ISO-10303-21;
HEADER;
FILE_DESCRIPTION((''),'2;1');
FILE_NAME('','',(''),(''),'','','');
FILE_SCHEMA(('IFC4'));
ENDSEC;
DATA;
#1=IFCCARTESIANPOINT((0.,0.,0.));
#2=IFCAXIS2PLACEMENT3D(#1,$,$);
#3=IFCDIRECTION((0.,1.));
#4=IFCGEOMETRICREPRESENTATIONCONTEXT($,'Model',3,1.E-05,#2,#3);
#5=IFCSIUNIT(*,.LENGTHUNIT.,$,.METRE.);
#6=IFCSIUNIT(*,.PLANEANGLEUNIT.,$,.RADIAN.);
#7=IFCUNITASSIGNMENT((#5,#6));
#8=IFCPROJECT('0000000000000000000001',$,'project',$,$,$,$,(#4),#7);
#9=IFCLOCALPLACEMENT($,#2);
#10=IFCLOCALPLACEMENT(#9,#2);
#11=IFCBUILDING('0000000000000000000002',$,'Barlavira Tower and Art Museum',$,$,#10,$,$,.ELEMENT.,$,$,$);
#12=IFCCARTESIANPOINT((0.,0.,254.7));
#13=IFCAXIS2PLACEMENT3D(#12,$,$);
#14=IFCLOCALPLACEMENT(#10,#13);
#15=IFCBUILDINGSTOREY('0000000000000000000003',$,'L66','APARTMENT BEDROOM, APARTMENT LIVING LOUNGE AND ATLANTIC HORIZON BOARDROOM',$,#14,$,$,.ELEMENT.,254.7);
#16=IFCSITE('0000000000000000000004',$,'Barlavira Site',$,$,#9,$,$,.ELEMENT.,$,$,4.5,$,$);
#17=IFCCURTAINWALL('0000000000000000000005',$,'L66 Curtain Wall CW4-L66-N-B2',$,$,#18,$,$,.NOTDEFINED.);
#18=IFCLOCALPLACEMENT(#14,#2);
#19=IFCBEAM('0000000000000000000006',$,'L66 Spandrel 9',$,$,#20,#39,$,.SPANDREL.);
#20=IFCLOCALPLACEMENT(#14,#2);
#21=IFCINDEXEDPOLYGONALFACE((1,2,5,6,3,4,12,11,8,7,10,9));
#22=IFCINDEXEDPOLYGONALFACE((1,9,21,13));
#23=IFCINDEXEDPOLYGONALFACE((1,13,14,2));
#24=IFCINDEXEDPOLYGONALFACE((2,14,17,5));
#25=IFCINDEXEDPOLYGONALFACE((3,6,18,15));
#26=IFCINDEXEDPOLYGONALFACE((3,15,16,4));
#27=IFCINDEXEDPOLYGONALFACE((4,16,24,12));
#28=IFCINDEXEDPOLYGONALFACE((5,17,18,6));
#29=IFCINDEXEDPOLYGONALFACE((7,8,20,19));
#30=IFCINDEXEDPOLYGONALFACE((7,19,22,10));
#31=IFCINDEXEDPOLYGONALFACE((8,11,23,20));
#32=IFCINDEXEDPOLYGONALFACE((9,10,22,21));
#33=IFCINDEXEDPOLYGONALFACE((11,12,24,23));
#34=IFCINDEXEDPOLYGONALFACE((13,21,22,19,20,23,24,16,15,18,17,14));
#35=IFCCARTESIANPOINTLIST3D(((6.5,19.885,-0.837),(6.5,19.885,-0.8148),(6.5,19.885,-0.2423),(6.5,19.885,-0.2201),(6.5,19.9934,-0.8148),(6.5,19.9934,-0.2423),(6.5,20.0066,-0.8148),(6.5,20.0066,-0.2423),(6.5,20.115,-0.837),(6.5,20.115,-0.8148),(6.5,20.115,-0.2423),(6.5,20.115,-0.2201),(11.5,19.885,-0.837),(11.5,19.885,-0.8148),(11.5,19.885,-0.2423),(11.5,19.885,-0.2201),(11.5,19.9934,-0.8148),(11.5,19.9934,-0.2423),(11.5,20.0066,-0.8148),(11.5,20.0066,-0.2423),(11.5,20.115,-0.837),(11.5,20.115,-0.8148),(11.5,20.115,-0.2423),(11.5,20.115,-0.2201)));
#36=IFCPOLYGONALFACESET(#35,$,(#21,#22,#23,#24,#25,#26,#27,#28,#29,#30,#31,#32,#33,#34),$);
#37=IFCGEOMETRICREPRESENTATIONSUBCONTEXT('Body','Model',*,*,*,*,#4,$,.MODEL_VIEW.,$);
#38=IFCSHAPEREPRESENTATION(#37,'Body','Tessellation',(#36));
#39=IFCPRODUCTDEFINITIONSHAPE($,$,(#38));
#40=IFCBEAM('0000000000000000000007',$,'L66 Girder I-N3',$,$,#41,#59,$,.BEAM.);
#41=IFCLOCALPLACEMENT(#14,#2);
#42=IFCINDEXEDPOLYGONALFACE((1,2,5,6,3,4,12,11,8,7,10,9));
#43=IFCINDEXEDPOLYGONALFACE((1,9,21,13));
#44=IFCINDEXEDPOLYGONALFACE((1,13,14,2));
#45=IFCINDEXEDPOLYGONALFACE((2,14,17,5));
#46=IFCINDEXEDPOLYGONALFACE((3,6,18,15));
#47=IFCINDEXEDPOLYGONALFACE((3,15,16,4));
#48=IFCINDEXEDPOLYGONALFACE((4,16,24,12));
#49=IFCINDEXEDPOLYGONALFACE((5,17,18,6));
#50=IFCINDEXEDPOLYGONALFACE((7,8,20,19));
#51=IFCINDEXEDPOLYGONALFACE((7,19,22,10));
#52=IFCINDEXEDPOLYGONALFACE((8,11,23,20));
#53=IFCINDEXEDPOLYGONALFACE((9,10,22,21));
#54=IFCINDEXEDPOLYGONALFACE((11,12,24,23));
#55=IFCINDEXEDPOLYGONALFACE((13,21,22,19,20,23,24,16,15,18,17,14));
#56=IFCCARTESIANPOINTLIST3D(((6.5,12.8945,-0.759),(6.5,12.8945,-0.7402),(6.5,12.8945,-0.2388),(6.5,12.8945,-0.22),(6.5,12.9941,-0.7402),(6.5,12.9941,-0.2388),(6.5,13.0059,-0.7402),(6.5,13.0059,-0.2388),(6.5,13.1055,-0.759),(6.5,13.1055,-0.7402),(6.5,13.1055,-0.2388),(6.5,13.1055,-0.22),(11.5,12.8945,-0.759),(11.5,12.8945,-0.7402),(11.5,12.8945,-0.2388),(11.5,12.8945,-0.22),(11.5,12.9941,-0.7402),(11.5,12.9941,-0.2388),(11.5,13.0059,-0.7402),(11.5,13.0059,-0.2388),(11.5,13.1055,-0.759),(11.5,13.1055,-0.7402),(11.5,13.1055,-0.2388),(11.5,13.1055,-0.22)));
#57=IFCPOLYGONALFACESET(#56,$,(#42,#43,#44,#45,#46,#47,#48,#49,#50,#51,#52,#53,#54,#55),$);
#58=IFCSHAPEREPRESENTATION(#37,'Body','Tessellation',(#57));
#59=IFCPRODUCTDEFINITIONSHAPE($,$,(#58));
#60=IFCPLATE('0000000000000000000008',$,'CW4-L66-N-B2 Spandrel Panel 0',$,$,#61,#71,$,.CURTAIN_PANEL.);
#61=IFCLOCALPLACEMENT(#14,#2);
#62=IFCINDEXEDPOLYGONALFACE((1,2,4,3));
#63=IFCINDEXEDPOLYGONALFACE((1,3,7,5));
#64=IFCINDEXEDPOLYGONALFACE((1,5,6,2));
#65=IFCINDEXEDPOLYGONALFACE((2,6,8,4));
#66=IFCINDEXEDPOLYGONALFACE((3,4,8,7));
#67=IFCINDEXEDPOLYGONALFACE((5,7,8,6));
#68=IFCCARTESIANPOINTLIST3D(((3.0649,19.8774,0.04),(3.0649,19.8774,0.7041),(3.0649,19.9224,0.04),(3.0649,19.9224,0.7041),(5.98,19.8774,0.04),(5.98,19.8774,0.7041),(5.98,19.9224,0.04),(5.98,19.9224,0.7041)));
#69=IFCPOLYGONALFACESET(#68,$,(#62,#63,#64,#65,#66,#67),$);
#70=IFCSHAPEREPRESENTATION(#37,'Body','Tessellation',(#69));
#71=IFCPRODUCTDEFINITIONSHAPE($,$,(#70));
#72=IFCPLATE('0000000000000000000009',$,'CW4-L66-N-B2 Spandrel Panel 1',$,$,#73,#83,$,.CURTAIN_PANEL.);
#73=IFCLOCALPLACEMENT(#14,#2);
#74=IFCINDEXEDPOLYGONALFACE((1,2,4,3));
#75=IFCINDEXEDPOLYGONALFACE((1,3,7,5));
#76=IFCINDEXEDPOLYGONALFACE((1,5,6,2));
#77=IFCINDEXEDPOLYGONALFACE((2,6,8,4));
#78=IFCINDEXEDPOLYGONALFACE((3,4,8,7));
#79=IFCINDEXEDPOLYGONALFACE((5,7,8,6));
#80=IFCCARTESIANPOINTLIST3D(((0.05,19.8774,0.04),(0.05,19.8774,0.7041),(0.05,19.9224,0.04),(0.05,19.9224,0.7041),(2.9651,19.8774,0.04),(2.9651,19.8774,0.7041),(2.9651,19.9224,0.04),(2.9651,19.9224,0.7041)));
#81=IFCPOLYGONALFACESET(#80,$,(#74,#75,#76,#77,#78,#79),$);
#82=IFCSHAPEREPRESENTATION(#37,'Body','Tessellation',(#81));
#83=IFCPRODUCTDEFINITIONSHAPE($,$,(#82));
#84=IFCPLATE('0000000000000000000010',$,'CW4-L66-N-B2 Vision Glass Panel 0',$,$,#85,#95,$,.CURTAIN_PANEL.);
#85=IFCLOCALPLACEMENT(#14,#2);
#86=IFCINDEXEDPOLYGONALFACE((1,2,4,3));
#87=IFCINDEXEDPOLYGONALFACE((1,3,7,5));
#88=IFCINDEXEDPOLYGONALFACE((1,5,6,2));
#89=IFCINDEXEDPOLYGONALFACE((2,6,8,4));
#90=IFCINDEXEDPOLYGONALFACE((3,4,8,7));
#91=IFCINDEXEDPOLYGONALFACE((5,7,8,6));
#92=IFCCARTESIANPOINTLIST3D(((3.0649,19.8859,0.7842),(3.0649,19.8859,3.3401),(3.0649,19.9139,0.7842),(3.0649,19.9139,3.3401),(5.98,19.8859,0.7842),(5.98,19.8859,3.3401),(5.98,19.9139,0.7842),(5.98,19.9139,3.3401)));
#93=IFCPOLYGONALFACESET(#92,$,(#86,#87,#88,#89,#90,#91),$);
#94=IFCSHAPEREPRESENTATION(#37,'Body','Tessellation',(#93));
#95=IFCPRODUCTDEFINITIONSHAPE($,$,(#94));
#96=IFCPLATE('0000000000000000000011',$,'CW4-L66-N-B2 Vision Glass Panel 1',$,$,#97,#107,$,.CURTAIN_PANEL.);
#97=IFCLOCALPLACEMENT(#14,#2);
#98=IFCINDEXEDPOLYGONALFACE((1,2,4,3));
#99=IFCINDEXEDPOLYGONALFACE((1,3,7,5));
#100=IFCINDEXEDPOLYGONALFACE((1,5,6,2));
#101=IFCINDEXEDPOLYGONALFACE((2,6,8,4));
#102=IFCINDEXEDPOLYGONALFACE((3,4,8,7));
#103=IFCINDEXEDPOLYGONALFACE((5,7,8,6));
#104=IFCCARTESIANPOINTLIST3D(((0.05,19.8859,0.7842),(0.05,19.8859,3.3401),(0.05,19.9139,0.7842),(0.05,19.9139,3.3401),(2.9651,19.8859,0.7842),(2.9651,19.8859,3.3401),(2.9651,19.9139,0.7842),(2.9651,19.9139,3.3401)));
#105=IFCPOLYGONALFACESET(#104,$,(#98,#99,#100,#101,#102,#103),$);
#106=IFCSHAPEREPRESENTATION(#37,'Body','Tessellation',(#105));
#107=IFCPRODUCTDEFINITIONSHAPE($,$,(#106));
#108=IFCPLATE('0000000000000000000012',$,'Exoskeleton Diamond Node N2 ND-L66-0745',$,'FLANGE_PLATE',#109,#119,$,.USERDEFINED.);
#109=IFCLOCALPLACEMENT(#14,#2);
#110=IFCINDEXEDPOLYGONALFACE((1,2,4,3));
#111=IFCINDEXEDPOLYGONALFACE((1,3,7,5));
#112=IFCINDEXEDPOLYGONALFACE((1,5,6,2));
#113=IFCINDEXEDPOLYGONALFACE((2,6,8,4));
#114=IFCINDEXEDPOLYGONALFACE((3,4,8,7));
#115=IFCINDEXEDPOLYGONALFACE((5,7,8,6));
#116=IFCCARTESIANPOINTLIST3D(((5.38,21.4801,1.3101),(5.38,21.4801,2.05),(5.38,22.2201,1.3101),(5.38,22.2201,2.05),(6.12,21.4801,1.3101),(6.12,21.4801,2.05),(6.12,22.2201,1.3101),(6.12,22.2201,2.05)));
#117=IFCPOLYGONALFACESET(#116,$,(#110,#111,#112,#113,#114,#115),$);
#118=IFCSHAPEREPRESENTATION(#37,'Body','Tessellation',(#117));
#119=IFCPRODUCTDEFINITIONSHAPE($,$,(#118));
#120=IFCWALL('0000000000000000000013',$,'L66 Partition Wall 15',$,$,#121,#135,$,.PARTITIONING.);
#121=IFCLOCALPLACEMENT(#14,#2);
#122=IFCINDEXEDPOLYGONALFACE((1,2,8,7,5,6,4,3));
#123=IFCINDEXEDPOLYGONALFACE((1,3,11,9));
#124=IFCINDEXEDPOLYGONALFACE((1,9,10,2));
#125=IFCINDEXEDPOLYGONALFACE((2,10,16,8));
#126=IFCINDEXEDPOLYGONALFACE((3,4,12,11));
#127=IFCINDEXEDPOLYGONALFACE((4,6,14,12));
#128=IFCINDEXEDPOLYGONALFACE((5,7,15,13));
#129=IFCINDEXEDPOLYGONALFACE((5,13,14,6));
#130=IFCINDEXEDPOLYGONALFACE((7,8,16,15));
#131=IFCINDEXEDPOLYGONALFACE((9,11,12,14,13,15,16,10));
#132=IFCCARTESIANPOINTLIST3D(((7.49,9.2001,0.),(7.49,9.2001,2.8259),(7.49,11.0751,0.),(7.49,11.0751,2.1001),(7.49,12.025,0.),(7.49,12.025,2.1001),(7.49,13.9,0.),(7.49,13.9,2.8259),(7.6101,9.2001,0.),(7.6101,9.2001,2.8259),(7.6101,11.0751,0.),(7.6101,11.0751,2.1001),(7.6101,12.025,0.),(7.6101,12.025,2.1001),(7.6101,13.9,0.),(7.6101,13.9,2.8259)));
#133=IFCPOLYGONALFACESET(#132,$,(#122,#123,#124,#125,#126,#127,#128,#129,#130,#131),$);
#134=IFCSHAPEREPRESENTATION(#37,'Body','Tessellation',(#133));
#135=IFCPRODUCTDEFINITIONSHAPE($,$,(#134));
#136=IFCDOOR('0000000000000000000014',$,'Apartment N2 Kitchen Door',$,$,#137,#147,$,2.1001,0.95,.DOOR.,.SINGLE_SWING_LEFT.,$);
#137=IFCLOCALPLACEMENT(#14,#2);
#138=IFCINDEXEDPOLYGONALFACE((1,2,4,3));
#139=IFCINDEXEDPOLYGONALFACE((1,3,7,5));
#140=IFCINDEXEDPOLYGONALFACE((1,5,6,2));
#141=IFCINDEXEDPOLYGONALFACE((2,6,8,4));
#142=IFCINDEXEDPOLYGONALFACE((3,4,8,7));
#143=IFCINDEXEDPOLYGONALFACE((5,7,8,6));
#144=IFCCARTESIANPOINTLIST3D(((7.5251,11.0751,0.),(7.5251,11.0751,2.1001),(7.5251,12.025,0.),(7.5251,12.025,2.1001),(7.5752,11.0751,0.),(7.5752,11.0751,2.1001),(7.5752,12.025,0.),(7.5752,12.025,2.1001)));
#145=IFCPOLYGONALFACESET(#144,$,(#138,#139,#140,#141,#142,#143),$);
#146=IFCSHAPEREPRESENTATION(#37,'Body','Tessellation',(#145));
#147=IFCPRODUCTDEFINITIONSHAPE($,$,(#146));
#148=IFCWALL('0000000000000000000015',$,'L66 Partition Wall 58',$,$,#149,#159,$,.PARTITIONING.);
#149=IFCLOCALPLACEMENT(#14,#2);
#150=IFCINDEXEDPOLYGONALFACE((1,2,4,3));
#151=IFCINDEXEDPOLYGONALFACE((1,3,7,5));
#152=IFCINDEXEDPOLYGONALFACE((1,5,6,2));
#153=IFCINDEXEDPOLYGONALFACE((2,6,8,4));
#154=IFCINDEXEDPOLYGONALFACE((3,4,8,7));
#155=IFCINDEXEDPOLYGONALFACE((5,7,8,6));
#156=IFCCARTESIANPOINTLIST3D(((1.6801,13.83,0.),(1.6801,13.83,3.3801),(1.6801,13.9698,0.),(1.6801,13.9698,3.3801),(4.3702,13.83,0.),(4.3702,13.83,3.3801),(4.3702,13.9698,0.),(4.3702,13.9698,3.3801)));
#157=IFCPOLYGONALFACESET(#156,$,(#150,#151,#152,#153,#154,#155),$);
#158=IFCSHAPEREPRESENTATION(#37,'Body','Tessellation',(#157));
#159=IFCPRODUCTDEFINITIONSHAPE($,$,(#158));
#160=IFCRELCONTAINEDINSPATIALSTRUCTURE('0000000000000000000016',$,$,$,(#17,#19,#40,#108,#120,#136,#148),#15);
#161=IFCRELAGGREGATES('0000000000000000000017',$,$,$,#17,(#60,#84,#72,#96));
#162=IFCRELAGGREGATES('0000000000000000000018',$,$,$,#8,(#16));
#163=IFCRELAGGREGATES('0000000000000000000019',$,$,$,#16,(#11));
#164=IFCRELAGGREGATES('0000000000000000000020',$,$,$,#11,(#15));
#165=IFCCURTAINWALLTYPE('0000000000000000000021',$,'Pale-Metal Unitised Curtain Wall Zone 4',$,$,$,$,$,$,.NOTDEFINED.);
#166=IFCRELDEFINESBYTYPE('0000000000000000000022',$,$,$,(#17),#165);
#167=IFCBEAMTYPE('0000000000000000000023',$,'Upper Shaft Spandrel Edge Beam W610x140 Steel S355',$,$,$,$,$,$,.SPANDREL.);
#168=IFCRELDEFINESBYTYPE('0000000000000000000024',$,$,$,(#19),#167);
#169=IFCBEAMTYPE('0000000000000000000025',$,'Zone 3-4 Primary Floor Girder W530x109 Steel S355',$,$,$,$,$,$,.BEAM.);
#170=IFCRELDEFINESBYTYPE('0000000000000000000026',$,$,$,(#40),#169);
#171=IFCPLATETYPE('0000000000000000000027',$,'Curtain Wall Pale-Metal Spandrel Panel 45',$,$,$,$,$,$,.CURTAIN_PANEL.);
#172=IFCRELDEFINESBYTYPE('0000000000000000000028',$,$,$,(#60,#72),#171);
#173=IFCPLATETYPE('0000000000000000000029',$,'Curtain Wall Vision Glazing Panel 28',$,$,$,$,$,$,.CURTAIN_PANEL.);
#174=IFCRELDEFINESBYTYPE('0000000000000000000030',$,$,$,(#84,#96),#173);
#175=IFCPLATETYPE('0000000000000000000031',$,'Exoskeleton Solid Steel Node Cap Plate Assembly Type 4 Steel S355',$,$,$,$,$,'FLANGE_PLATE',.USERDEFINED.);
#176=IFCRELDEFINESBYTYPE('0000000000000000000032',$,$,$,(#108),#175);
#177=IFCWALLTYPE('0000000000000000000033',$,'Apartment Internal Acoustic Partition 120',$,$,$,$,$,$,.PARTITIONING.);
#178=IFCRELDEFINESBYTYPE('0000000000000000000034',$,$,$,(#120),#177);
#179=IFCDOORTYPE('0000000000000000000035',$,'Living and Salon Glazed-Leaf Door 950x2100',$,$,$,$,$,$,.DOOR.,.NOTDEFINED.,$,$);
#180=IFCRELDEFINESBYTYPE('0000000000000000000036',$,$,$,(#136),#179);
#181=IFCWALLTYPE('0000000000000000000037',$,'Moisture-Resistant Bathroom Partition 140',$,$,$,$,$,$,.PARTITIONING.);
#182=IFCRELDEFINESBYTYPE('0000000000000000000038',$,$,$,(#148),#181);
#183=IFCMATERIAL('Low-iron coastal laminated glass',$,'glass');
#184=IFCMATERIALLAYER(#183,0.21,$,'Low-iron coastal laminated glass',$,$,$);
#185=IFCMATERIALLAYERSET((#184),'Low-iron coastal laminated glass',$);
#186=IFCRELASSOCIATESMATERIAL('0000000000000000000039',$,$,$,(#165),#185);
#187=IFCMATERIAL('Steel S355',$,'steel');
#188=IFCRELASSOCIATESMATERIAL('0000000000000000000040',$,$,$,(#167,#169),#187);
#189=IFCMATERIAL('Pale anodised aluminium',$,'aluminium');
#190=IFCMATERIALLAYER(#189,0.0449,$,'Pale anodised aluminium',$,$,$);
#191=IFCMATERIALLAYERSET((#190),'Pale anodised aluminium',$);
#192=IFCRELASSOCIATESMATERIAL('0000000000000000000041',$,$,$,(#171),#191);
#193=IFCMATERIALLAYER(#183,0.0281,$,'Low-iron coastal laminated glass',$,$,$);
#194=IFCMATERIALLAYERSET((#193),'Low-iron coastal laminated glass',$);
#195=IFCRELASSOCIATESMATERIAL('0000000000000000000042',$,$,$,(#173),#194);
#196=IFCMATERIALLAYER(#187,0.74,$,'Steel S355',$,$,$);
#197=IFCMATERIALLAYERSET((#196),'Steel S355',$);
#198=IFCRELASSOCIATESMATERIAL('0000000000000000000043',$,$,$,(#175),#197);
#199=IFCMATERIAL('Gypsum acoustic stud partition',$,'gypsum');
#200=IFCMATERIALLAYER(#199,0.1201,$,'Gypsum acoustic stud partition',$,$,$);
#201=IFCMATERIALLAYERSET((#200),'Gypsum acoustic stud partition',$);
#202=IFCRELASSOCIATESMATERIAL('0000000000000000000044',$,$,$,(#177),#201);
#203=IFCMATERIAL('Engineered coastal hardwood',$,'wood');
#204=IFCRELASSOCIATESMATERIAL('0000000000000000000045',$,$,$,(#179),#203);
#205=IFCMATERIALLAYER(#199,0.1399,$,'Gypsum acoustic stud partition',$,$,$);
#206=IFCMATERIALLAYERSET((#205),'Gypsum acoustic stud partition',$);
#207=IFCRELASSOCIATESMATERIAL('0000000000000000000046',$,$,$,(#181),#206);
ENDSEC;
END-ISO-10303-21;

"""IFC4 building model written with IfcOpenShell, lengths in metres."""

from ifc_helpers import new_model, si_unit, direction, frame, frame_2d, origin, origin_2d, place, context, subcontext, project, spatial, rectangle, i_section, extrude, material, layer, layer_set, material_profile, profile_set, type_object, element, fill, aggregate, save


model = new_model("IFC4")

# Units and contexts
model_context = context("Model", 3, precision=1e-05, world=origin(), true_north=direction((0.0, 1.0)))
body_context = subcontext(model_context, "Body", "Model", "MODEL_VIEW")
ifc_project = project(units=[si_unit("LENGTHUNIT", "METRE"), si_unit("PLANEANGLEUNIT", "RADIAN")], contexts=[model_context])

# Site, building, storey
site_placement = place(None, origin())
site = spatial("IfcSite", under=ifc_project, at=site_placement, Name="Barlavira Site", CompositionType="ELEMENT", RefElevation=4.5)
building_placement = place(site_placement, origin())
building = spatial("IfcBuilding", under=site, at=building_placement, Name="Barlavira Tower and Art Museum", CompositionType="ELEMENT")
storey_placement = place(building_placement, frame((0.0, 0.0, 254.7)))
storey = spatial("IfcBuildingStorey", under=building, at=storey_placement, Name="L66", Description="APARTMENT BEDROOM, APARTMENT LIVING LOUNGE AND ATLANTIC HORIZON BOARDROOM", CompositionType="ELEMENT", Elevation=254.7)

# Curtain wall
ifc_material_1 = material(Name="Low-iron coastal laminated glass", Category="glass")
ifc_layer_1 = layer(ifc_material_1, 0.21, Name="Low-iron coastal laminated glass")
ifc_layer_set_1 = layer_set([ifc_layer_1], Name="Low-iron coastal laminated glass")
curtain_wall_type = type_object("IfcCurtainWallType", Name="Pale-Metal Unitised Curtain Wall Zone 4", PredefinedType="NOTDEFINED", material=ifc_layer_set_1)
curtain_wall_placement = place(storey_placement, origin())
curtain_wall = element("IfcCurtainWall", 1, at=curtain_wall_placement, inside=storey, type_object=curtain_wall_type, Name="L66 Curtain Wall CW4-L66-N-B2", PredefinedType="NOTDEFINED")
ifc_material_2 = material(Name="Pale anodised aluminium", Category="aluminium")

# Beams
ifc_material_3 = material(Name="Steel S355", Category="steel")
ifc_material_profile_1 = material_profile(ifc_material_3, i_section(OverallWidth=0.23, OverallDepth=0.6169, WebThickness=0.0132, FlangeThickness=0.0222, at=origin_2d()), Name="W610x140.0")
ifc_profile_set_1 = profile_set([ifc_material_profile_1], Name="Steel S355")
beam_type_1 = type_object("IfcBeamType", Name="Upper Shaft Spandrel Edge Beam W610x140 Steel S355", PredefinedType="SPANDREL", material=ifc_profile_set_1)
beam_1_placement = place(storey_placement, frame((6.5, 20.0, -0.5286), z_axis=(1.0, 0.0, 0.0), x_axis=(0.0, 1.0, 0.0)))
element("IfcBeam", 2, at=beam_1_placement, inside=storey, type_object=beam_type_1, Name="L66 Spandrel 9", PredefinedType="SPANDREL", context=body_context, shape_type="SweptSolid", body=[
    extrude(i_section(OverallWidth=0.23, OverallDepth=0.6169, WebThickness=0.0132, FlangeThickness=0.0222, at=origin_2d()), origin(), (0.0, 0.0, 1.0), 5.0),
])
ifc_material_profile_2 = material_profile(ifc_material_3, i_section(OverallWidth=0.2109, OverallDepth=0.5391, WebThickness=0.0117, FlangeThickness=0.0188, at=origin_2d()), Name="W530x109.0")
ifc_profile_set_2 = profile_set([ifc_material_profile_2], Name="Steel S355")
beam_type_2 = type_object("IfcBeamType", Name="Zone 3-4 Primary Floor Girder W530x109 Steel S355", PredefinedType="BEAM", material=ifc_profile_set_2)
beam_2_placement = place(storey_placement, frame((6.5, 13.0, -0.4895), z_axis=(1.0, 0.0, 0.0), x_axis=(0.0, 1.0, 0.0)))
element("IfcBeam", 3, at=beam_2_placement, inside=storey, type_object=beam_type_2, Name="L66 Girder I-N3", PredefinedType="BEAM", context=body_context, shape_type="SweptSolid", body=[
    extrude(i_section(OverallWidth=0.2109, OverallDepth=0.5391, WebThickness=0.0117, FlangeThickness=0.0188, at=origin_2d()), origin(), (0.0, 0.0, 1.0), 5.0),
])

# Plates
ifc_layer_2 = layer(ifc_material_2, 0.0449, Name="Pale anodised aluminium")
ifc_layer_set_2 = layer_set([ifc_layer_2], Name="Pale anodised aluminium")
plate_type_1 = type_object("IfcPlateType", Name="Curtain Wall Pale-Metal Spandrel Panel 45", PredefinedType="CURTAIN_PANEL", material=ifc_layer_set_2)
plate_1_placement = place(storey_placement, frame((4.5225, 19.8999, 0.04), z_axis=(0.0, 0.0, 1.0), x_axis=(-1.0, 0.0, 0.0)))
plate_1 = element("IfcPlate", 4, at=plate_1_placement, type_object=plate_type_1, Name="CW4-L66-N-B2 Spandrel Panel 0", PredefinedType="CURTAIN_PANEL", context=body_context, shape_type="SweptSolid", body=[
    extrude(rectangle(XDim=2.915, YDim=0.0449, at=origin_2d()), origin(), (0.0, 0.0, 1.0), 0.6641),
])
plate_2_placement = place(storey_placement, frame((1.5076, 19.8999, 0.04), z_axis=(0.0, 0.0, 1.0), x_axis=(-1.0, 0.0, 0.0)))
plate_2 = element("IfcPlate", 5, at=plate_2_placement, type_object=plate_type_1, Name="CW4-L66-N-B2 Spandrel Panel 1", PredefinedType="CURTAIN_PANEL", context=body_context, shape_type="SweptSolid", body=[
    extrude(rectangle(XDim=2.915, YDim=0.0449, at=origin_2d()), origin(), (0.0, 0.0, 1.0), 0.6641),
])
ifc_layer_3 = layer(ifc_material_1, 0.0281, Name="Low-iron coastal laminated glass")
ifc_layer_set_3 = layer_set([ifc_layer_3], Name="Low-iron coastal laminated glass")
plate_type_2 = type_object("IfcPlateType", Name="Curtain Wall Vision Glazing Panel 28", PredefinedType="CURTAIN_PANEL", material=ifc_layer_set_3)
plate_3_placement = place(storey_placement, frame((4.5225, 19.8999, 0.7842), z_axis=(0.0, 0.0, 1.0), x_axis=(-1.0, 0.0, 0.0)))
plate_3 = element("IfcPlate", 6, at=plate_3_placement, type_object=plate_type_2, Name="CW4-L66-N-B2 Vision Glass Panel 0", PredefinedType="CURTAIN_PANEL", context=body_context, shape_type="SweptSolid", body=[
    extrude(rectangle(XDim=2.915, YDim=0.0281, at=origin_2d()), origin(), (0.0, 0.0, 1.0), 2.5559),
])
plate_4_placement = place(storey_placement, frame((1.5076, 19.8999, 0.7842), z_axis=(0.0, 0.0, 1.0), x_axis=(-1.0, 0.0, 0.0)))
plate_4 = element("IfcPlate", 7, at=plate_4_placement, type_object=plate_type_2, Name="CW4-L66-N-B2 Vision Glass Panel 1", PredefinedType="CURTAIN_PANEL", context=body_context, shape_type="SweptSolid", body=[
    extrude(rectangle(XDim=2.915, YDim=0.0281, at=origin_2d()), origin(), (0.0, 0.0, 1.0), 2.5559),
])
aggregate(curtain_wall, [plate_1, plate_3, plate_2, plate_4])
ifc_layer_4 = layer(ifc_material_3, 0.74, Name="Steel S355")
ifc_layer_set_4 = layer_set([ifc_layer_4], Name="Steel S355")
plate_type_3 = type_object("IfcPlateType", Name="Exoskeleton Solid Steel Node Cap Plate Assembly Type 4 Steel S355", ElementType="FLANGE_PLATE", PredefinedType="USERDEFINED", material=ifc_layer_set_4)
plate_5_placement = place(storey_placement, frame((5.75, 21.8501, 1.3101), z_axis=(0.0, 0.0, 1.0), x_axis=(1.0, 0.0, 0.0)))
element("IfcPlate", 8, at=plate_5_placement, inside=storey, type_object=plate_type_3, Name="Exoskeleton Diamond Node N2 ND-L66-0745", ObjectType="FLANGE_PLATE", PredefinedType="USERDEFINED", context=body_context, shape_type="SweptSolid", body=[
    extrude(rectangle(XDim=0.74, YDim=0.74, at=origin_2d()), origin(), (0.0, 0.0, 1.0), 0.74),
])

# Wall, opening, door
ifc_material_4 = material(Name="Gypsum acoustic stud partition", Category="gypsum")
ifc_layer_5 = layer(ifc_material_4, 0.1201, Name="Gypsum acoustic stud partition")
ifc_layer_set_5 = layer_set([ifc_layer_5], Name="Gypsum acoustic stud partition")
wall_type_1 = type_object("IfcWallType", Name="Apartment Internal Acoustic Partition 120", PredefinedType="PARTITIONING", material=ifc_layer_set_5)
wall_1_placement = place(storey_placement, frame((7.55, 9.2, 0.0), z_axis=(0.0, 0.0, 1.0), x_axis=(0.0, 1.0, 0.0)))
wall_1 = element("IfcWall", 9, at=wall_1_placement, inside=storey, type_object=wall_type_1, Name="L66 Partition Wall 15", PredefinedType="PARTITIONING", context=body_context, shape_type="SweptSolid", body=[
    extrude(rectangle(XDim=4.7, YDim=0.1201, at=frame_2d((2.3501, 0.0))), origin(), (0.0, 0.0, 1.0), 2.8259),
])
opening_1_placement = place(wall_1_placement, frame((1.875, 0.0, 0.0)))
opening_1 = element("IfcOpeningElement", 10, at=opening_1_placement, cuts=wall_1, PredefinedType="OPENING", context=body_context, shape_type="SweptSolid", body=[
    extrude(rectangle(XDim=0.95, YDim=2.1001, at=frame_2d((0.4751, 1.05))), frame((0.0, 0.0701, 0.0), z_axis=(0.0, -1.0, 0.0), x_axis=(1.0, 0.0, 0.0)), (0.0, 0.0, 1.0), 0.1401),
])
ifc_material_5 = material(Name="Engineered coastal hardwood", Category="wood")
door_type = type_object("IfcDoorType", Name="Living and Salon Glazed-Leaf Door 950x2100", OperationType="NOTDEFINED", PredefinedType="DOOR", material=ifc_material_5)
door_1_placement = place(opening_1_placement, origin())
door_1 = element("IfcDoor", 11, at=door_1_placement, inside=storey, type_object=door_type, Name="Apartment N2 Kitchen Door", OperationType="SINGLE_SWING_LEFT", OverallHeight=2.1001, OverallWidth=0.95, PredefinedType="DOOR", context=body_context, shape_type="SweptSolid", body=[
    extrude(rectangle(XDim=0.95, YDim=2.1001, at=frame_2d((0.4751, 1.05))), frame((0.0, 0.0249, 0.0), z_axis=(0.0, -1.0, 0.0), x_axis=(1.0, 0.0, 0.0)), (0.0, 0.0, 1.0), 0.05),
])
fill(opening_1, door_1)

# Wall
ifc_layer_6 = layer(ifc_material_4, 0.1399, Name="Gypsum acoustic stud partition")
ifc_layer_set_6 = layer_set([ifc_layer_6], Name="Gypsum acoustic stud partition")
wall_type_2 = type_object("IfcWallType", Name="Moisture-Resistant Bathroom Partition 140", PredefinedType="PARTITIONING", material=ifc_layer_set_6)
wall_2_placement = place(storey_placement, frame((1.6799, 13.8999, 0.0), z_axis=(0.0, 0.0, 1.0), x_axis=(1.0, 0.0, 0.0)))
element("IfcWall", 12, at=wall_2_placement, inside=storey, type_object=wall_type_2, Name="L66 Partition Wall 58", PredefinedType="PARTITIONING", context=body_context, shape_type="SweptSolid", body=[
    extrude(rectangle(XDim=2.6902, YDim=0.1399, at=frame_2d((1.3452, 0.0))), origin(), (0.0, 0.0, 1.0), 3.3801),
])

save(model, "model.ifc")
